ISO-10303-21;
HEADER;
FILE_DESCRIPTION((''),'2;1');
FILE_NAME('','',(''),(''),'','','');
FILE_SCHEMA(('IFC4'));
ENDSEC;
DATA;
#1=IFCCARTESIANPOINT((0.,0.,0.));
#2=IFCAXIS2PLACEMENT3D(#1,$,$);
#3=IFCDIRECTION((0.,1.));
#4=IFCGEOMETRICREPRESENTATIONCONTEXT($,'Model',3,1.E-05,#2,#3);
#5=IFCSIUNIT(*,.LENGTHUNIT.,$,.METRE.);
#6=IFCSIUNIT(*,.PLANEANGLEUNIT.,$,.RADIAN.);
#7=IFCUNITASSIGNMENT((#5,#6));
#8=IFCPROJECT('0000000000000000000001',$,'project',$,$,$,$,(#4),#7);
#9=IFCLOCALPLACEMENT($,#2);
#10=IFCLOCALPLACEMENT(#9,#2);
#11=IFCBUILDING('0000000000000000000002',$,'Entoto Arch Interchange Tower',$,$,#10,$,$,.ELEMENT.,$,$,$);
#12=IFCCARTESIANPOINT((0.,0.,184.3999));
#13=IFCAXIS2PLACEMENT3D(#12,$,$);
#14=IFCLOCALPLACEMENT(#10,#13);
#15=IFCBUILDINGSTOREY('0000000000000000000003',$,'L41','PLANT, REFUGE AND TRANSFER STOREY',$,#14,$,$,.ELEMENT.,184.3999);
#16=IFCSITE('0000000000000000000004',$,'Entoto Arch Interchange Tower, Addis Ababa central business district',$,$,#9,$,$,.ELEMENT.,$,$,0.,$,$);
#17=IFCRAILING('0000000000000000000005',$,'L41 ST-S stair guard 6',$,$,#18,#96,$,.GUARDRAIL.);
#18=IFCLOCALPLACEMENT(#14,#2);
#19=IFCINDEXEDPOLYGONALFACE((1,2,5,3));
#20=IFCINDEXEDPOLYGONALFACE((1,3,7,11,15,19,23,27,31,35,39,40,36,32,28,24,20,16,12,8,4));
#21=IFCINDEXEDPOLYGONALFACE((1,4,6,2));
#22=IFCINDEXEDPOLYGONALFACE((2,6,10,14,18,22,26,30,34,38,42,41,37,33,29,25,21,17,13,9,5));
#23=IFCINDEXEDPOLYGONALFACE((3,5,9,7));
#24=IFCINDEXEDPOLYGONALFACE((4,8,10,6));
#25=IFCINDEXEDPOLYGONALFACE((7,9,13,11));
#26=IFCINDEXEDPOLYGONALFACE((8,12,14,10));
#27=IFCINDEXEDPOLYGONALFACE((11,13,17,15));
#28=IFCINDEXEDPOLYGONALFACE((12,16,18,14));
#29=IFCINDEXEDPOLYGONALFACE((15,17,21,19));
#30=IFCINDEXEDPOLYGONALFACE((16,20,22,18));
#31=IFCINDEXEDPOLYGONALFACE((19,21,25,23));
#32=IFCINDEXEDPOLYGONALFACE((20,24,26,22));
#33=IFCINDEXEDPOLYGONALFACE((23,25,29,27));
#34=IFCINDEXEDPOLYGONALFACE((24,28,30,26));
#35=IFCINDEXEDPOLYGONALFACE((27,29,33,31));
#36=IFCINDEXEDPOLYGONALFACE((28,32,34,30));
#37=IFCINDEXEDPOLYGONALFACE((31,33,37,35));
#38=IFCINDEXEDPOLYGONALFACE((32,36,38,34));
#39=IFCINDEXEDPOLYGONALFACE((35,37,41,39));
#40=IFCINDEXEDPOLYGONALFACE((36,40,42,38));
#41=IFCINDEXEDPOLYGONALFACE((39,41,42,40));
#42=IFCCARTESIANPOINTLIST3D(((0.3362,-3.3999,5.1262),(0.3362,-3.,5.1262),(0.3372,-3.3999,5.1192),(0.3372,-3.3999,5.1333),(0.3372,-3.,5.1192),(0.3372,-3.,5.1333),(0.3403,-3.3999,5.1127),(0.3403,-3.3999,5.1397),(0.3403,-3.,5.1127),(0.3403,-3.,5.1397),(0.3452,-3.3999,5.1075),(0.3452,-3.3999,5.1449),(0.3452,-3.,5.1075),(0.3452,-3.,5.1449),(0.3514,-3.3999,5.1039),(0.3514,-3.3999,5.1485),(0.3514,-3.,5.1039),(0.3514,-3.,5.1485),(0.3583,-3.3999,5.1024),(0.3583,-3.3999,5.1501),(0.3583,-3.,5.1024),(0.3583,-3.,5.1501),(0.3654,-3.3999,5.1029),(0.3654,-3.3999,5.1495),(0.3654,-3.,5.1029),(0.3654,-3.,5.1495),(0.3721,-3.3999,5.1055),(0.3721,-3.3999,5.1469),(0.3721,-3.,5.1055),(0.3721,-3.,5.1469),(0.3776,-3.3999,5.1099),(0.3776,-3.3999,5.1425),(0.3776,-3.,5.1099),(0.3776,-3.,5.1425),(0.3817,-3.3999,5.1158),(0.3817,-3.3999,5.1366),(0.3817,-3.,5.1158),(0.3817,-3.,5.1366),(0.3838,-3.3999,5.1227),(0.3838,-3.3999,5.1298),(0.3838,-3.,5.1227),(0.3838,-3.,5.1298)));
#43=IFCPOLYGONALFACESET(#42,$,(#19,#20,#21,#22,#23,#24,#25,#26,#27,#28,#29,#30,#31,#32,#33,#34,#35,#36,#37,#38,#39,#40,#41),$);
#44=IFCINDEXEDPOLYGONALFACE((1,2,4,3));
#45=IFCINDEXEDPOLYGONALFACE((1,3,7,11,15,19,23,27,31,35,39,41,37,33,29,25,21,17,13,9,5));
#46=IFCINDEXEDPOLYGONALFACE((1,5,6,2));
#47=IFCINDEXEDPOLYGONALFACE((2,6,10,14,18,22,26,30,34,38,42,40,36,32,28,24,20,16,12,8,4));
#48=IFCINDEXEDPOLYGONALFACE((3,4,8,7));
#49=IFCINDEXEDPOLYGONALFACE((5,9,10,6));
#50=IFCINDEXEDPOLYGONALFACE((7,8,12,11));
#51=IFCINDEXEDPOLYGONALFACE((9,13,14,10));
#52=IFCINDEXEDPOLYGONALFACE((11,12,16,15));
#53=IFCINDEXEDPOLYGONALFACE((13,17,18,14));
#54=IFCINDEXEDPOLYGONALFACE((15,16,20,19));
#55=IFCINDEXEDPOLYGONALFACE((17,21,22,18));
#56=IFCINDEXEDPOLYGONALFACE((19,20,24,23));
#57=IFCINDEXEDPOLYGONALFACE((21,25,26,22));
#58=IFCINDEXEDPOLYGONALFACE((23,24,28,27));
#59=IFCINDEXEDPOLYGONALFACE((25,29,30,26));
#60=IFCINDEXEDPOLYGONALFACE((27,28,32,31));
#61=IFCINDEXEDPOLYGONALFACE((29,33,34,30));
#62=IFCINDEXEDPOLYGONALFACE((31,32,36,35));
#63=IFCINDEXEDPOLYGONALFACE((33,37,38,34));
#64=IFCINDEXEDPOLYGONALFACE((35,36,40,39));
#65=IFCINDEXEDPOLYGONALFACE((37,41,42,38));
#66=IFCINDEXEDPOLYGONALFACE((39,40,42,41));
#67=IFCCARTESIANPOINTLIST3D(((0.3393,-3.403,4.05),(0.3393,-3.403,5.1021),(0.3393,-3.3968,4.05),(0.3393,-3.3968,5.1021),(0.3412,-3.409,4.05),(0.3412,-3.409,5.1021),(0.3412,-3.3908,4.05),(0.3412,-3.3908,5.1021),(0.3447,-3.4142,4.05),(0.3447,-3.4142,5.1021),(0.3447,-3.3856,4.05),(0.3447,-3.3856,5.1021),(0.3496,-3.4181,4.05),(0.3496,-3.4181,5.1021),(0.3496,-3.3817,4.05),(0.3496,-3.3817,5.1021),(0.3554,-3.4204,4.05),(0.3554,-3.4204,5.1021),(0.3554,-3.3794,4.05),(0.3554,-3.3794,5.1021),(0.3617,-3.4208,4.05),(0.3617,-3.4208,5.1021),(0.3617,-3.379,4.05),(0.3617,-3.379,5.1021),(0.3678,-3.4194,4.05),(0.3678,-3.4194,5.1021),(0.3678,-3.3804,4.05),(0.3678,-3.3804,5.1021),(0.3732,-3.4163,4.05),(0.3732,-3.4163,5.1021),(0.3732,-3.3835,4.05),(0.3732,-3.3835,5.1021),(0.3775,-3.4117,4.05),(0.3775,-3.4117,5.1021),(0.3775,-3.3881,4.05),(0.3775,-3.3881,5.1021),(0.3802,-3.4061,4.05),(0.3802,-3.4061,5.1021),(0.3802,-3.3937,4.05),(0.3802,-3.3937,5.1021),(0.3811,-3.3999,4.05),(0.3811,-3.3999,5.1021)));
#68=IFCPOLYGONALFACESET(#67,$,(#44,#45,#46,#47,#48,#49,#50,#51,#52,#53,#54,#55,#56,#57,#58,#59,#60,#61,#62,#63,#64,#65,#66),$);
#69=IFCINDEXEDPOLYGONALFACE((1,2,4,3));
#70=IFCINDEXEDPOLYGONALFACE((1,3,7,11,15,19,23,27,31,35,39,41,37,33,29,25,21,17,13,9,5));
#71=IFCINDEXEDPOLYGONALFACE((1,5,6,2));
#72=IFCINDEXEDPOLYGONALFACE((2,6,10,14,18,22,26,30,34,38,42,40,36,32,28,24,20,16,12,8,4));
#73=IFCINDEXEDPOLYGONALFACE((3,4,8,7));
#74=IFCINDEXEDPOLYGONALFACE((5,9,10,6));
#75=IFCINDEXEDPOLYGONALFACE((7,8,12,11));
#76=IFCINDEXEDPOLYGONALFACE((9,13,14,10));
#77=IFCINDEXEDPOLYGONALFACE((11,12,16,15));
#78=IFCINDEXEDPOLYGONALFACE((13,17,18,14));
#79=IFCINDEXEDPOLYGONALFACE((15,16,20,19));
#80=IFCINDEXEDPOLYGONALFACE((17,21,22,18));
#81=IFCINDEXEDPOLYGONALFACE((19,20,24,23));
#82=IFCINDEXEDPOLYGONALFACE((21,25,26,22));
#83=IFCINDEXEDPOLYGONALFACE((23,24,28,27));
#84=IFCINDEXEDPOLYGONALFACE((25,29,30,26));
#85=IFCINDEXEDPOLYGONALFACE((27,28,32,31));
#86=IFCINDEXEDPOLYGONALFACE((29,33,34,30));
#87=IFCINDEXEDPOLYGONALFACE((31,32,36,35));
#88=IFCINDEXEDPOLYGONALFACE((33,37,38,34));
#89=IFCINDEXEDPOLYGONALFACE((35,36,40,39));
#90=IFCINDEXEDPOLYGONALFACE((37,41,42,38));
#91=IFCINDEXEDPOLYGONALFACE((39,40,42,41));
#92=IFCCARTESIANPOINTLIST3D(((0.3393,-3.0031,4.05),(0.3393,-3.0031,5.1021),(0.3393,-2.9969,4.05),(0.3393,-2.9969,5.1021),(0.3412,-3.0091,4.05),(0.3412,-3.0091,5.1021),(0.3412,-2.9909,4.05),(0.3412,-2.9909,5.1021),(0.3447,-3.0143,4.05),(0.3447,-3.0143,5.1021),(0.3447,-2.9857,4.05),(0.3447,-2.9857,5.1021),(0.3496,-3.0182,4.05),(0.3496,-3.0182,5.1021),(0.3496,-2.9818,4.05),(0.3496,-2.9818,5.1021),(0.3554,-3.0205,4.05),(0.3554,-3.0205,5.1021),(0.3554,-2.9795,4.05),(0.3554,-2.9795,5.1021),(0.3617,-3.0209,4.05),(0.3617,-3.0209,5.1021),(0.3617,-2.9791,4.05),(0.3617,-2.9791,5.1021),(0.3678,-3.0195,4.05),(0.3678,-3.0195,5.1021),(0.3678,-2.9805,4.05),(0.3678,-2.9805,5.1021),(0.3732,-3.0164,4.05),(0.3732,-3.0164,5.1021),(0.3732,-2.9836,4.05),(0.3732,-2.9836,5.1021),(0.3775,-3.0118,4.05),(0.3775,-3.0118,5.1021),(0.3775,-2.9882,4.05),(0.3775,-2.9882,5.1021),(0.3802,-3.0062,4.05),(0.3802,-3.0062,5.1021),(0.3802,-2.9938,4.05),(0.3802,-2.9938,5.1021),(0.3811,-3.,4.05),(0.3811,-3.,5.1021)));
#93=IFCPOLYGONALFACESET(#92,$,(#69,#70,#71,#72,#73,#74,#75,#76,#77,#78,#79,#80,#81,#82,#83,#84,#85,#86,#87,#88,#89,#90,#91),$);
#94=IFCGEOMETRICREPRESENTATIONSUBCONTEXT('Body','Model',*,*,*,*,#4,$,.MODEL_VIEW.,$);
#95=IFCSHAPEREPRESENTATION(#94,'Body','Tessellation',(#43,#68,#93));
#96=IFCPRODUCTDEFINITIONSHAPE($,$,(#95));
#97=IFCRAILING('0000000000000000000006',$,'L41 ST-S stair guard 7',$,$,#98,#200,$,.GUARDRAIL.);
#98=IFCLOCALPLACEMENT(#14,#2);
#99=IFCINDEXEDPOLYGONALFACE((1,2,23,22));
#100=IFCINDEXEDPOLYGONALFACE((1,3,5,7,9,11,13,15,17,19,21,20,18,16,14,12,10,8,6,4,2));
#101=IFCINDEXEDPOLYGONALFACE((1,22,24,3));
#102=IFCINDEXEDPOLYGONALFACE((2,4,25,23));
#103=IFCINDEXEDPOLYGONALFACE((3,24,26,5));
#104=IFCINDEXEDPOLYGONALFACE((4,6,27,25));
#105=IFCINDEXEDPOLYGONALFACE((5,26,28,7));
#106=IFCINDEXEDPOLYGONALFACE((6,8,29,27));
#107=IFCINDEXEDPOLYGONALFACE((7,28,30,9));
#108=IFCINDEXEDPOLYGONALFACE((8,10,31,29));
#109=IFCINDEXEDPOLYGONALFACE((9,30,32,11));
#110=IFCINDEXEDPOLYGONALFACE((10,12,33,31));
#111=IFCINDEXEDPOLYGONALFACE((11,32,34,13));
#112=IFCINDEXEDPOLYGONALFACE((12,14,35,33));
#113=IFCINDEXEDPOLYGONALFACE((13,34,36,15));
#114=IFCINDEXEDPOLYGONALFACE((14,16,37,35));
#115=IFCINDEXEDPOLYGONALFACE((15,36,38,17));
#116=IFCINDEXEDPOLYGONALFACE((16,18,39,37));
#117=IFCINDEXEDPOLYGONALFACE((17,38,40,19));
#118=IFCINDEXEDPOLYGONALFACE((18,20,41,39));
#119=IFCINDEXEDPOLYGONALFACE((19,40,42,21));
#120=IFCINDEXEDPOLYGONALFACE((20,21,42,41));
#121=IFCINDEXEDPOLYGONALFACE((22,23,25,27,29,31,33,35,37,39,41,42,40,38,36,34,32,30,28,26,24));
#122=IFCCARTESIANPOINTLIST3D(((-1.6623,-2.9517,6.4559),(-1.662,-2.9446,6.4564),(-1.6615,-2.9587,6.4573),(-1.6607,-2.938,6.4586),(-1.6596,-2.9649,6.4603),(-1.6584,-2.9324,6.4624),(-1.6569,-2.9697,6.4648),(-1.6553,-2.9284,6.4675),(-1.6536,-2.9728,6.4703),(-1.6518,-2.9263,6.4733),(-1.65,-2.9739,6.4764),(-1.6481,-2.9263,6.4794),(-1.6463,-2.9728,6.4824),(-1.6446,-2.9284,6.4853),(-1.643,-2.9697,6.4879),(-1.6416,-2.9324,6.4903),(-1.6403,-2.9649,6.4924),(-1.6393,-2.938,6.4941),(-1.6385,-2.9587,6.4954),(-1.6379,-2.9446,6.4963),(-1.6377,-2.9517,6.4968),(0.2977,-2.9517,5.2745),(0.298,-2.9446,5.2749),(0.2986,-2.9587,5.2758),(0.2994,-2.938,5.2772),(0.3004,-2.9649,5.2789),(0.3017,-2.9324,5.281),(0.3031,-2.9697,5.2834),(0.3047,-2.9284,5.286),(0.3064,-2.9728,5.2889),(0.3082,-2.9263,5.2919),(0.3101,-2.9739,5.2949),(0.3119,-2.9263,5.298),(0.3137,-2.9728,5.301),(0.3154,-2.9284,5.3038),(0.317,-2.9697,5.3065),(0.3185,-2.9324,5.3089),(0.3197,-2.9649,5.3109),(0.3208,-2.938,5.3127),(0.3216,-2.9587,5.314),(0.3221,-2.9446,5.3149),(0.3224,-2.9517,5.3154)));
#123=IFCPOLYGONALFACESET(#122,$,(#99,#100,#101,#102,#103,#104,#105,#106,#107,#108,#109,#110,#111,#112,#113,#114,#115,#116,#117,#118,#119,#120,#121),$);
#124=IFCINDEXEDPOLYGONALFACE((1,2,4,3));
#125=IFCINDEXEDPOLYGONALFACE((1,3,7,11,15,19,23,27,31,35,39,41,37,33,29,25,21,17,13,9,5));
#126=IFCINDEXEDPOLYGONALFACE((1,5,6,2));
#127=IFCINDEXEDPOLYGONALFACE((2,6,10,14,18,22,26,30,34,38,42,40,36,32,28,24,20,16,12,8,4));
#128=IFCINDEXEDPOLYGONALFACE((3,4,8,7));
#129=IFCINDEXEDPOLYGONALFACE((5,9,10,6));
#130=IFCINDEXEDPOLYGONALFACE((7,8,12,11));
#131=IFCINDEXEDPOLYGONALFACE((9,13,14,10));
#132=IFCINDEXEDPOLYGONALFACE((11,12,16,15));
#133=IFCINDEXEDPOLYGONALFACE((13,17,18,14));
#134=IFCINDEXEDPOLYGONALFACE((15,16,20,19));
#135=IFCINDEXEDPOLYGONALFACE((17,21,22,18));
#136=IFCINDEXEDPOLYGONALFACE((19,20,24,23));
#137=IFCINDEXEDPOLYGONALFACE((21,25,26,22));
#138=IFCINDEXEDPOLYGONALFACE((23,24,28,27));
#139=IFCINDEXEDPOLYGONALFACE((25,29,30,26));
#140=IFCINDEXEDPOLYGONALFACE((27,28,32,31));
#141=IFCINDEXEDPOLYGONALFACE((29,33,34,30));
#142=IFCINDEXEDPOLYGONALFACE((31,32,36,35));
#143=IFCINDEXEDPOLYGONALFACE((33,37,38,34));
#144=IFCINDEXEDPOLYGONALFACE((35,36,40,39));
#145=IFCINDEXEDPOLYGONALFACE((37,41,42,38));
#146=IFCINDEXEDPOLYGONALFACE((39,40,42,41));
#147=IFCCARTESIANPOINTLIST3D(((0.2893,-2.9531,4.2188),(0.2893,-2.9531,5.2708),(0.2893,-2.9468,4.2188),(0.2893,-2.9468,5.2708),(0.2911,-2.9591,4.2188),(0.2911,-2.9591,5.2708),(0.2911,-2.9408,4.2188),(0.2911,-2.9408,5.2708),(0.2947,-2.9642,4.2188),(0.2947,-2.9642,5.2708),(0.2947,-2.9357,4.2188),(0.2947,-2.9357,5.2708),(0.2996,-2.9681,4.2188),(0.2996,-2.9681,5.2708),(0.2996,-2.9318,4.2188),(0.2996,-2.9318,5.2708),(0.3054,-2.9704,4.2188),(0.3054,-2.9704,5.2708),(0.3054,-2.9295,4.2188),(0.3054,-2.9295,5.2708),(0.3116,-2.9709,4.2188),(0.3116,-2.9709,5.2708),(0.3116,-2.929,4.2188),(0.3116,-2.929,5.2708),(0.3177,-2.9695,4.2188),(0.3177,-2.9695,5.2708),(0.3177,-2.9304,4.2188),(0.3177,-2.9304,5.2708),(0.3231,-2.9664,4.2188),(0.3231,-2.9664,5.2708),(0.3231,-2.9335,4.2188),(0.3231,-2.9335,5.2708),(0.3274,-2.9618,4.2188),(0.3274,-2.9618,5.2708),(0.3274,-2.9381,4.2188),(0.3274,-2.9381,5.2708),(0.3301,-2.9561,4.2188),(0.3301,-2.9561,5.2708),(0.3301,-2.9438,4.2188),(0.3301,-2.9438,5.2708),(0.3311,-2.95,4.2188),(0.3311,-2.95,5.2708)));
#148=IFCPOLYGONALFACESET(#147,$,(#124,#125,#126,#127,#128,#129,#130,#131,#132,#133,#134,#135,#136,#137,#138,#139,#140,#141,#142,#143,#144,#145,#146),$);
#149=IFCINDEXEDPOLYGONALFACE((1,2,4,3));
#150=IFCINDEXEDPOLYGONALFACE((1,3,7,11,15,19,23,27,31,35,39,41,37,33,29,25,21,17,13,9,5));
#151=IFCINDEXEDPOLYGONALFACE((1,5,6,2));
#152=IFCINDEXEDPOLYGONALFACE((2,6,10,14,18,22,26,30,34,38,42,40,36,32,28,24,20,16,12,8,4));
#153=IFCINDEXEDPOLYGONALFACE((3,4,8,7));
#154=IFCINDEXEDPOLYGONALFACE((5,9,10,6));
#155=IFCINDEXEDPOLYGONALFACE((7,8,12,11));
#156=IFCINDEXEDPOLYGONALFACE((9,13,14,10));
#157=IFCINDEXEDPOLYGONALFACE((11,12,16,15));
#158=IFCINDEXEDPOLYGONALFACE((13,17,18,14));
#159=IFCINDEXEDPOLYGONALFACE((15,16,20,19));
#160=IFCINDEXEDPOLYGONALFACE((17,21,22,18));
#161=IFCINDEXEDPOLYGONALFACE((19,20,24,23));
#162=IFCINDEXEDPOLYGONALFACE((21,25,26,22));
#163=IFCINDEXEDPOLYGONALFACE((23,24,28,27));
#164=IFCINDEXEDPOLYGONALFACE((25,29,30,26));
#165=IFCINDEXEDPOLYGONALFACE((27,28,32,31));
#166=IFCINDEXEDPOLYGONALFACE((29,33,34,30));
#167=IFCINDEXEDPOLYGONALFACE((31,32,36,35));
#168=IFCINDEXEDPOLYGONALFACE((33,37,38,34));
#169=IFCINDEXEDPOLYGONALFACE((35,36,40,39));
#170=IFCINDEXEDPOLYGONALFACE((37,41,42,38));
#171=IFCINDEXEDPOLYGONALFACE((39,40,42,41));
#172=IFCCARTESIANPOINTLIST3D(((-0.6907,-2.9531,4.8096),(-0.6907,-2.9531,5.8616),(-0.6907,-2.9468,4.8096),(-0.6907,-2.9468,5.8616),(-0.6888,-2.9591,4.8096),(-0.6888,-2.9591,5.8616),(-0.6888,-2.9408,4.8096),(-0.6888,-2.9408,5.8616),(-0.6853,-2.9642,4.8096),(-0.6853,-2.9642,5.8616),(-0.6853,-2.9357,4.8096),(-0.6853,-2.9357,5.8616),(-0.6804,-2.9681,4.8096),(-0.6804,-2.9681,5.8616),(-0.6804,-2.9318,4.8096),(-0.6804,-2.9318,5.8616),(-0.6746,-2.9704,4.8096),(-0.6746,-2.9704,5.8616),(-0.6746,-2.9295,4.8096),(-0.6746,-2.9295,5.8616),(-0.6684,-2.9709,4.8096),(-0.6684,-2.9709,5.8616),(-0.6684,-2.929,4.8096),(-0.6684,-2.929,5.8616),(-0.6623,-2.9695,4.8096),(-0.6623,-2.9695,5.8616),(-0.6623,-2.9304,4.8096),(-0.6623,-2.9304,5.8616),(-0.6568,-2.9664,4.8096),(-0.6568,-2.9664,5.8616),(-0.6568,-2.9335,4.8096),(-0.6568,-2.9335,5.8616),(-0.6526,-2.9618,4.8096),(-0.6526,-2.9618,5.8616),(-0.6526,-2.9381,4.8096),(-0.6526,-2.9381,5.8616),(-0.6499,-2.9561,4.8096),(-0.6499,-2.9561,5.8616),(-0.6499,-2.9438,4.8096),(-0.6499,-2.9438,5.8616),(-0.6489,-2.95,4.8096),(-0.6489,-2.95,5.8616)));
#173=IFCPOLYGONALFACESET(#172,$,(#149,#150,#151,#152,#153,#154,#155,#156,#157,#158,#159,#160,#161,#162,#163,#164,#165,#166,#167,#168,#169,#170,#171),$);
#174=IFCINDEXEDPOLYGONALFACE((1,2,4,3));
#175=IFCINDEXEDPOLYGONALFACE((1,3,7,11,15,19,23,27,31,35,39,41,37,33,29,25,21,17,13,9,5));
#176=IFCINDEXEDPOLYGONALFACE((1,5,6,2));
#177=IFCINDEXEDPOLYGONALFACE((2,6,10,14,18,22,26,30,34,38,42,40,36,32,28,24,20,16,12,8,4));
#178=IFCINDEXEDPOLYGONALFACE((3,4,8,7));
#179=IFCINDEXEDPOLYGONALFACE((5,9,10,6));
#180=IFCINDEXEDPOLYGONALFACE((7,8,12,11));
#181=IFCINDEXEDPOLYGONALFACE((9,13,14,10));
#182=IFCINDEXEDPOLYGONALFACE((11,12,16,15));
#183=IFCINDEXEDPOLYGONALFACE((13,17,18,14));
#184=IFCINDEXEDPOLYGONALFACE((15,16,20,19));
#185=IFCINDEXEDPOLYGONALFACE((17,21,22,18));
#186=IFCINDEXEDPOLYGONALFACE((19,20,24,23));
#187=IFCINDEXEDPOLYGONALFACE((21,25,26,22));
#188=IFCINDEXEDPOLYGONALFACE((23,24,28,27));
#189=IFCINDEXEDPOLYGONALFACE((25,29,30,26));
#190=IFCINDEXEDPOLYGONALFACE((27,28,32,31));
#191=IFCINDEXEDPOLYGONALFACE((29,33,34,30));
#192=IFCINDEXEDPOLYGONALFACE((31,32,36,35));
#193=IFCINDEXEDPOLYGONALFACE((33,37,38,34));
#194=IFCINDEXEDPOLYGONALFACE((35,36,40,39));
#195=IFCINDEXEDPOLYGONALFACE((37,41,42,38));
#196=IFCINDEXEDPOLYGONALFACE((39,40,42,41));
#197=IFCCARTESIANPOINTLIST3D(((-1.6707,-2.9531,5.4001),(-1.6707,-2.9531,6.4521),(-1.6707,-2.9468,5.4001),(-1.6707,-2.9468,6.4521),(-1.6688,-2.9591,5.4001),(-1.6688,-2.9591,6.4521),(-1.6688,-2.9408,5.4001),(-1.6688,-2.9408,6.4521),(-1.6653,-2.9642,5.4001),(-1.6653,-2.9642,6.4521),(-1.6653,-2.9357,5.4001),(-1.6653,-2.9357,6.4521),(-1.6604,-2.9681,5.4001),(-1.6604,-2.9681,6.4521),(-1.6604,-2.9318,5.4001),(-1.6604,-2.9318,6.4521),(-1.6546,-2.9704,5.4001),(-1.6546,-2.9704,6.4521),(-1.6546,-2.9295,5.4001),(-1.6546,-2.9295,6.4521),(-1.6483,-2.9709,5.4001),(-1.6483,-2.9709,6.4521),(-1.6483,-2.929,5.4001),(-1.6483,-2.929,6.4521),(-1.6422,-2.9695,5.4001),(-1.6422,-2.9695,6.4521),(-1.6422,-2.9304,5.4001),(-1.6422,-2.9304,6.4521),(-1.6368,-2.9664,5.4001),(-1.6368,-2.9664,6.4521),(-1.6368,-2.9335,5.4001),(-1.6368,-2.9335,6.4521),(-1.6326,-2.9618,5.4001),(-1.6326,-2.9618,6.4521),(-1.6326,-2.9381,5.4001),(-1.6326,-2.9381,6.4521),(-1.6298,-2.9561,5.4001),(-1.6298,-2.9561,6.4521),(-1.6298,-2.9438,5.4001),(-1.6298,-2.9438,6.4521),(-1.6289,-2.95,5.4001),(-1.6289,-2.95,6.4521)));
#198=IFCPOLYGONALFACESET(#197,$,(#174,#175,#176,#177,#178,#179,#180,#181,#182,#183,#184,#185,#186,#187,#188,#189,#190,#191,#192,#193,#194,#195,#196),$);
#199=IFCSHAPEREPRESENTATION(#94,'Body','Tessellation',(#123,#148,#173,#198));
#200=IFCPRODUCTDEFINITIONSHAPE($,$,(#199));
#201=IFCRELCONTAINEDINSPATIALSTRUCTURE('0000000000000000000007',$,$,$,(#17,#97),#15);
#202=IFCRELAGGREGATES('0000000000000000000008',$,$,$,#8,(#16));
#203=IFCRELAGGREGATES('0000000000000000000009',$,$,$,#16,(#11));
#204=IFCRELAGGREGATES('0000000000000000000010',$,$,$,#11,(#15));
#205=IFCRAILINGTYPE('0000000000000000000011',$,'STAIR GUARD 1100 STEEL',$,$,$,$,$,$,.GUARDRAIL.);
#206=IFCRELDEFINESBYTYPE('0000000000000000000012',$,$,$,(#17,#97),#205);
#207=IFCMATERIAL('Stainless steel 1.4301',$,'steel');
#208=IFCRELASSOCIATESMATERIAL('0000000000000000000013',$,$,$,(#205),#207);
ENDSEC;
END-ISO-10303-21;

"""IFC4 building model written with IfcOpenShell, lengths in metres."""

from ifc_helpers import new_model, si_unit, direction, frame, origin, origin_2d, place, context, subcontext, project, spatial, circle, extrude, material, type_object, element, save


model = new_model("IFC4")

# Units and contexts
model_context = context("Model", 3, precision=1e-05, world=origin(), true_north=direction((0.0, 1.0)))
body_context = subcontext(model_context, "Body", "Model", "MODEL_VIEW")
ifc_project = project(units=[si_unit("LENGTHUNIT", "METRE"), si_unit("PLANEANGLEUNIT", "RADIAN")], contexts=[model_context])

# Site, building, storey
site_placement = place(None, origin())
site = spatial("IfcSite", under=ifc_project, at=site_placement, Name="Entoto Arch Interchange Tower, Addis Ababa central business district", CompositionType="ELEMENT", RefElevation=0.0)
building_placement = place(site_placement, origin())
building = spatial("IfcBuilding", under=site, at=building_placement, Name="Entoto Arch Interchange Tower", CompositionType="ELEMENT")
storey_placement = place(building_placement, frame((0.0, 0.0, 184.3999)))
storey = spatial("IfcBuildingStorey", under=building, at=storey_placement, Name="L41", Description="PLANT, REFUGE AND TRANSFER STOREY", CompositionType="ELEMENT", Elevation=184.3999)

# Railings
ifc_material_1 = material(Name="Stainless steel 1.4301", Category="steel")
railing_type_1 = type_object("IfcRailingType", Name="STAIR GUARD 1100 STEEL", PredefinedType="GUARDRAIL", material=ifc_material_1)
railing_1_placement = place(storey_placement, frame((0.3601, -3.3999, 4.05)))
element("IfcRailing", 1, at=railing_1_placement, inside=storey, type_object=railing_type_1, Name="L41 ST-S stair guard 6", PredefinedType="GUARDRAIL", context=body_context, shape_type="SweptSolid", body=[
    extrude(circle(Radius=0.0239, at=origin_2d()), frame((0.0, 0.0, 1.0762), z_axis=(0.0, 1.0, 0.0), x_axis=(-1.0, 0.0, 0.0)), (0.0, 0.0, 1.0), 0.3999),
    extrude(circle(Radius=0.021, at=origin_2d()), origin(), (0.0, 0.0, 1.0), 1.052),
    extrude(circle(Radius=0.021, at=origin_2d()), frame((0.0, 0.3999, 0.0)), (0.0, 0.0, 1.0), 1.052),
])
railing_2_placement = place(storey_placement, frame((0.3101, -2.95, 4.2188)))
element("IfcRailing", 2, at=railing_2_placement, inside=storey, type_object=railing_type_1, Name="L41 ST-S stair guard 7", PredefinedType="GUARDRAIL", context=body_context, shape_type="SweptSolid", body=[
    extrude(circle(Radius=0.0239, at=origin_2d()), frame((0.0, 0.0, 1.0762), z_axis=(-0.856446, 0.0, 0.516236), x_axis=(0.0, -1.0, 0.0)), (0.0, 0.0, 1.0), 2.2886),
    extrude(circle(Radius=0.021, at=origin_2d()), origin(), (0.0, 0.0, 1.0), 1.052),
    extrude(circle(Radius=0.021, at=origin_2d()), frame((-0.98, 0.0, 0.5908)), (0.0, 0.0, 1.0), 1.052),
    extrude(circle(Radius=0.021, at=origin_2d()), frame((-1.96, 0.0, 1.1814)), (0.0, 0.0, 1.0), 1.052),
])

save(model, "model.ifc")
